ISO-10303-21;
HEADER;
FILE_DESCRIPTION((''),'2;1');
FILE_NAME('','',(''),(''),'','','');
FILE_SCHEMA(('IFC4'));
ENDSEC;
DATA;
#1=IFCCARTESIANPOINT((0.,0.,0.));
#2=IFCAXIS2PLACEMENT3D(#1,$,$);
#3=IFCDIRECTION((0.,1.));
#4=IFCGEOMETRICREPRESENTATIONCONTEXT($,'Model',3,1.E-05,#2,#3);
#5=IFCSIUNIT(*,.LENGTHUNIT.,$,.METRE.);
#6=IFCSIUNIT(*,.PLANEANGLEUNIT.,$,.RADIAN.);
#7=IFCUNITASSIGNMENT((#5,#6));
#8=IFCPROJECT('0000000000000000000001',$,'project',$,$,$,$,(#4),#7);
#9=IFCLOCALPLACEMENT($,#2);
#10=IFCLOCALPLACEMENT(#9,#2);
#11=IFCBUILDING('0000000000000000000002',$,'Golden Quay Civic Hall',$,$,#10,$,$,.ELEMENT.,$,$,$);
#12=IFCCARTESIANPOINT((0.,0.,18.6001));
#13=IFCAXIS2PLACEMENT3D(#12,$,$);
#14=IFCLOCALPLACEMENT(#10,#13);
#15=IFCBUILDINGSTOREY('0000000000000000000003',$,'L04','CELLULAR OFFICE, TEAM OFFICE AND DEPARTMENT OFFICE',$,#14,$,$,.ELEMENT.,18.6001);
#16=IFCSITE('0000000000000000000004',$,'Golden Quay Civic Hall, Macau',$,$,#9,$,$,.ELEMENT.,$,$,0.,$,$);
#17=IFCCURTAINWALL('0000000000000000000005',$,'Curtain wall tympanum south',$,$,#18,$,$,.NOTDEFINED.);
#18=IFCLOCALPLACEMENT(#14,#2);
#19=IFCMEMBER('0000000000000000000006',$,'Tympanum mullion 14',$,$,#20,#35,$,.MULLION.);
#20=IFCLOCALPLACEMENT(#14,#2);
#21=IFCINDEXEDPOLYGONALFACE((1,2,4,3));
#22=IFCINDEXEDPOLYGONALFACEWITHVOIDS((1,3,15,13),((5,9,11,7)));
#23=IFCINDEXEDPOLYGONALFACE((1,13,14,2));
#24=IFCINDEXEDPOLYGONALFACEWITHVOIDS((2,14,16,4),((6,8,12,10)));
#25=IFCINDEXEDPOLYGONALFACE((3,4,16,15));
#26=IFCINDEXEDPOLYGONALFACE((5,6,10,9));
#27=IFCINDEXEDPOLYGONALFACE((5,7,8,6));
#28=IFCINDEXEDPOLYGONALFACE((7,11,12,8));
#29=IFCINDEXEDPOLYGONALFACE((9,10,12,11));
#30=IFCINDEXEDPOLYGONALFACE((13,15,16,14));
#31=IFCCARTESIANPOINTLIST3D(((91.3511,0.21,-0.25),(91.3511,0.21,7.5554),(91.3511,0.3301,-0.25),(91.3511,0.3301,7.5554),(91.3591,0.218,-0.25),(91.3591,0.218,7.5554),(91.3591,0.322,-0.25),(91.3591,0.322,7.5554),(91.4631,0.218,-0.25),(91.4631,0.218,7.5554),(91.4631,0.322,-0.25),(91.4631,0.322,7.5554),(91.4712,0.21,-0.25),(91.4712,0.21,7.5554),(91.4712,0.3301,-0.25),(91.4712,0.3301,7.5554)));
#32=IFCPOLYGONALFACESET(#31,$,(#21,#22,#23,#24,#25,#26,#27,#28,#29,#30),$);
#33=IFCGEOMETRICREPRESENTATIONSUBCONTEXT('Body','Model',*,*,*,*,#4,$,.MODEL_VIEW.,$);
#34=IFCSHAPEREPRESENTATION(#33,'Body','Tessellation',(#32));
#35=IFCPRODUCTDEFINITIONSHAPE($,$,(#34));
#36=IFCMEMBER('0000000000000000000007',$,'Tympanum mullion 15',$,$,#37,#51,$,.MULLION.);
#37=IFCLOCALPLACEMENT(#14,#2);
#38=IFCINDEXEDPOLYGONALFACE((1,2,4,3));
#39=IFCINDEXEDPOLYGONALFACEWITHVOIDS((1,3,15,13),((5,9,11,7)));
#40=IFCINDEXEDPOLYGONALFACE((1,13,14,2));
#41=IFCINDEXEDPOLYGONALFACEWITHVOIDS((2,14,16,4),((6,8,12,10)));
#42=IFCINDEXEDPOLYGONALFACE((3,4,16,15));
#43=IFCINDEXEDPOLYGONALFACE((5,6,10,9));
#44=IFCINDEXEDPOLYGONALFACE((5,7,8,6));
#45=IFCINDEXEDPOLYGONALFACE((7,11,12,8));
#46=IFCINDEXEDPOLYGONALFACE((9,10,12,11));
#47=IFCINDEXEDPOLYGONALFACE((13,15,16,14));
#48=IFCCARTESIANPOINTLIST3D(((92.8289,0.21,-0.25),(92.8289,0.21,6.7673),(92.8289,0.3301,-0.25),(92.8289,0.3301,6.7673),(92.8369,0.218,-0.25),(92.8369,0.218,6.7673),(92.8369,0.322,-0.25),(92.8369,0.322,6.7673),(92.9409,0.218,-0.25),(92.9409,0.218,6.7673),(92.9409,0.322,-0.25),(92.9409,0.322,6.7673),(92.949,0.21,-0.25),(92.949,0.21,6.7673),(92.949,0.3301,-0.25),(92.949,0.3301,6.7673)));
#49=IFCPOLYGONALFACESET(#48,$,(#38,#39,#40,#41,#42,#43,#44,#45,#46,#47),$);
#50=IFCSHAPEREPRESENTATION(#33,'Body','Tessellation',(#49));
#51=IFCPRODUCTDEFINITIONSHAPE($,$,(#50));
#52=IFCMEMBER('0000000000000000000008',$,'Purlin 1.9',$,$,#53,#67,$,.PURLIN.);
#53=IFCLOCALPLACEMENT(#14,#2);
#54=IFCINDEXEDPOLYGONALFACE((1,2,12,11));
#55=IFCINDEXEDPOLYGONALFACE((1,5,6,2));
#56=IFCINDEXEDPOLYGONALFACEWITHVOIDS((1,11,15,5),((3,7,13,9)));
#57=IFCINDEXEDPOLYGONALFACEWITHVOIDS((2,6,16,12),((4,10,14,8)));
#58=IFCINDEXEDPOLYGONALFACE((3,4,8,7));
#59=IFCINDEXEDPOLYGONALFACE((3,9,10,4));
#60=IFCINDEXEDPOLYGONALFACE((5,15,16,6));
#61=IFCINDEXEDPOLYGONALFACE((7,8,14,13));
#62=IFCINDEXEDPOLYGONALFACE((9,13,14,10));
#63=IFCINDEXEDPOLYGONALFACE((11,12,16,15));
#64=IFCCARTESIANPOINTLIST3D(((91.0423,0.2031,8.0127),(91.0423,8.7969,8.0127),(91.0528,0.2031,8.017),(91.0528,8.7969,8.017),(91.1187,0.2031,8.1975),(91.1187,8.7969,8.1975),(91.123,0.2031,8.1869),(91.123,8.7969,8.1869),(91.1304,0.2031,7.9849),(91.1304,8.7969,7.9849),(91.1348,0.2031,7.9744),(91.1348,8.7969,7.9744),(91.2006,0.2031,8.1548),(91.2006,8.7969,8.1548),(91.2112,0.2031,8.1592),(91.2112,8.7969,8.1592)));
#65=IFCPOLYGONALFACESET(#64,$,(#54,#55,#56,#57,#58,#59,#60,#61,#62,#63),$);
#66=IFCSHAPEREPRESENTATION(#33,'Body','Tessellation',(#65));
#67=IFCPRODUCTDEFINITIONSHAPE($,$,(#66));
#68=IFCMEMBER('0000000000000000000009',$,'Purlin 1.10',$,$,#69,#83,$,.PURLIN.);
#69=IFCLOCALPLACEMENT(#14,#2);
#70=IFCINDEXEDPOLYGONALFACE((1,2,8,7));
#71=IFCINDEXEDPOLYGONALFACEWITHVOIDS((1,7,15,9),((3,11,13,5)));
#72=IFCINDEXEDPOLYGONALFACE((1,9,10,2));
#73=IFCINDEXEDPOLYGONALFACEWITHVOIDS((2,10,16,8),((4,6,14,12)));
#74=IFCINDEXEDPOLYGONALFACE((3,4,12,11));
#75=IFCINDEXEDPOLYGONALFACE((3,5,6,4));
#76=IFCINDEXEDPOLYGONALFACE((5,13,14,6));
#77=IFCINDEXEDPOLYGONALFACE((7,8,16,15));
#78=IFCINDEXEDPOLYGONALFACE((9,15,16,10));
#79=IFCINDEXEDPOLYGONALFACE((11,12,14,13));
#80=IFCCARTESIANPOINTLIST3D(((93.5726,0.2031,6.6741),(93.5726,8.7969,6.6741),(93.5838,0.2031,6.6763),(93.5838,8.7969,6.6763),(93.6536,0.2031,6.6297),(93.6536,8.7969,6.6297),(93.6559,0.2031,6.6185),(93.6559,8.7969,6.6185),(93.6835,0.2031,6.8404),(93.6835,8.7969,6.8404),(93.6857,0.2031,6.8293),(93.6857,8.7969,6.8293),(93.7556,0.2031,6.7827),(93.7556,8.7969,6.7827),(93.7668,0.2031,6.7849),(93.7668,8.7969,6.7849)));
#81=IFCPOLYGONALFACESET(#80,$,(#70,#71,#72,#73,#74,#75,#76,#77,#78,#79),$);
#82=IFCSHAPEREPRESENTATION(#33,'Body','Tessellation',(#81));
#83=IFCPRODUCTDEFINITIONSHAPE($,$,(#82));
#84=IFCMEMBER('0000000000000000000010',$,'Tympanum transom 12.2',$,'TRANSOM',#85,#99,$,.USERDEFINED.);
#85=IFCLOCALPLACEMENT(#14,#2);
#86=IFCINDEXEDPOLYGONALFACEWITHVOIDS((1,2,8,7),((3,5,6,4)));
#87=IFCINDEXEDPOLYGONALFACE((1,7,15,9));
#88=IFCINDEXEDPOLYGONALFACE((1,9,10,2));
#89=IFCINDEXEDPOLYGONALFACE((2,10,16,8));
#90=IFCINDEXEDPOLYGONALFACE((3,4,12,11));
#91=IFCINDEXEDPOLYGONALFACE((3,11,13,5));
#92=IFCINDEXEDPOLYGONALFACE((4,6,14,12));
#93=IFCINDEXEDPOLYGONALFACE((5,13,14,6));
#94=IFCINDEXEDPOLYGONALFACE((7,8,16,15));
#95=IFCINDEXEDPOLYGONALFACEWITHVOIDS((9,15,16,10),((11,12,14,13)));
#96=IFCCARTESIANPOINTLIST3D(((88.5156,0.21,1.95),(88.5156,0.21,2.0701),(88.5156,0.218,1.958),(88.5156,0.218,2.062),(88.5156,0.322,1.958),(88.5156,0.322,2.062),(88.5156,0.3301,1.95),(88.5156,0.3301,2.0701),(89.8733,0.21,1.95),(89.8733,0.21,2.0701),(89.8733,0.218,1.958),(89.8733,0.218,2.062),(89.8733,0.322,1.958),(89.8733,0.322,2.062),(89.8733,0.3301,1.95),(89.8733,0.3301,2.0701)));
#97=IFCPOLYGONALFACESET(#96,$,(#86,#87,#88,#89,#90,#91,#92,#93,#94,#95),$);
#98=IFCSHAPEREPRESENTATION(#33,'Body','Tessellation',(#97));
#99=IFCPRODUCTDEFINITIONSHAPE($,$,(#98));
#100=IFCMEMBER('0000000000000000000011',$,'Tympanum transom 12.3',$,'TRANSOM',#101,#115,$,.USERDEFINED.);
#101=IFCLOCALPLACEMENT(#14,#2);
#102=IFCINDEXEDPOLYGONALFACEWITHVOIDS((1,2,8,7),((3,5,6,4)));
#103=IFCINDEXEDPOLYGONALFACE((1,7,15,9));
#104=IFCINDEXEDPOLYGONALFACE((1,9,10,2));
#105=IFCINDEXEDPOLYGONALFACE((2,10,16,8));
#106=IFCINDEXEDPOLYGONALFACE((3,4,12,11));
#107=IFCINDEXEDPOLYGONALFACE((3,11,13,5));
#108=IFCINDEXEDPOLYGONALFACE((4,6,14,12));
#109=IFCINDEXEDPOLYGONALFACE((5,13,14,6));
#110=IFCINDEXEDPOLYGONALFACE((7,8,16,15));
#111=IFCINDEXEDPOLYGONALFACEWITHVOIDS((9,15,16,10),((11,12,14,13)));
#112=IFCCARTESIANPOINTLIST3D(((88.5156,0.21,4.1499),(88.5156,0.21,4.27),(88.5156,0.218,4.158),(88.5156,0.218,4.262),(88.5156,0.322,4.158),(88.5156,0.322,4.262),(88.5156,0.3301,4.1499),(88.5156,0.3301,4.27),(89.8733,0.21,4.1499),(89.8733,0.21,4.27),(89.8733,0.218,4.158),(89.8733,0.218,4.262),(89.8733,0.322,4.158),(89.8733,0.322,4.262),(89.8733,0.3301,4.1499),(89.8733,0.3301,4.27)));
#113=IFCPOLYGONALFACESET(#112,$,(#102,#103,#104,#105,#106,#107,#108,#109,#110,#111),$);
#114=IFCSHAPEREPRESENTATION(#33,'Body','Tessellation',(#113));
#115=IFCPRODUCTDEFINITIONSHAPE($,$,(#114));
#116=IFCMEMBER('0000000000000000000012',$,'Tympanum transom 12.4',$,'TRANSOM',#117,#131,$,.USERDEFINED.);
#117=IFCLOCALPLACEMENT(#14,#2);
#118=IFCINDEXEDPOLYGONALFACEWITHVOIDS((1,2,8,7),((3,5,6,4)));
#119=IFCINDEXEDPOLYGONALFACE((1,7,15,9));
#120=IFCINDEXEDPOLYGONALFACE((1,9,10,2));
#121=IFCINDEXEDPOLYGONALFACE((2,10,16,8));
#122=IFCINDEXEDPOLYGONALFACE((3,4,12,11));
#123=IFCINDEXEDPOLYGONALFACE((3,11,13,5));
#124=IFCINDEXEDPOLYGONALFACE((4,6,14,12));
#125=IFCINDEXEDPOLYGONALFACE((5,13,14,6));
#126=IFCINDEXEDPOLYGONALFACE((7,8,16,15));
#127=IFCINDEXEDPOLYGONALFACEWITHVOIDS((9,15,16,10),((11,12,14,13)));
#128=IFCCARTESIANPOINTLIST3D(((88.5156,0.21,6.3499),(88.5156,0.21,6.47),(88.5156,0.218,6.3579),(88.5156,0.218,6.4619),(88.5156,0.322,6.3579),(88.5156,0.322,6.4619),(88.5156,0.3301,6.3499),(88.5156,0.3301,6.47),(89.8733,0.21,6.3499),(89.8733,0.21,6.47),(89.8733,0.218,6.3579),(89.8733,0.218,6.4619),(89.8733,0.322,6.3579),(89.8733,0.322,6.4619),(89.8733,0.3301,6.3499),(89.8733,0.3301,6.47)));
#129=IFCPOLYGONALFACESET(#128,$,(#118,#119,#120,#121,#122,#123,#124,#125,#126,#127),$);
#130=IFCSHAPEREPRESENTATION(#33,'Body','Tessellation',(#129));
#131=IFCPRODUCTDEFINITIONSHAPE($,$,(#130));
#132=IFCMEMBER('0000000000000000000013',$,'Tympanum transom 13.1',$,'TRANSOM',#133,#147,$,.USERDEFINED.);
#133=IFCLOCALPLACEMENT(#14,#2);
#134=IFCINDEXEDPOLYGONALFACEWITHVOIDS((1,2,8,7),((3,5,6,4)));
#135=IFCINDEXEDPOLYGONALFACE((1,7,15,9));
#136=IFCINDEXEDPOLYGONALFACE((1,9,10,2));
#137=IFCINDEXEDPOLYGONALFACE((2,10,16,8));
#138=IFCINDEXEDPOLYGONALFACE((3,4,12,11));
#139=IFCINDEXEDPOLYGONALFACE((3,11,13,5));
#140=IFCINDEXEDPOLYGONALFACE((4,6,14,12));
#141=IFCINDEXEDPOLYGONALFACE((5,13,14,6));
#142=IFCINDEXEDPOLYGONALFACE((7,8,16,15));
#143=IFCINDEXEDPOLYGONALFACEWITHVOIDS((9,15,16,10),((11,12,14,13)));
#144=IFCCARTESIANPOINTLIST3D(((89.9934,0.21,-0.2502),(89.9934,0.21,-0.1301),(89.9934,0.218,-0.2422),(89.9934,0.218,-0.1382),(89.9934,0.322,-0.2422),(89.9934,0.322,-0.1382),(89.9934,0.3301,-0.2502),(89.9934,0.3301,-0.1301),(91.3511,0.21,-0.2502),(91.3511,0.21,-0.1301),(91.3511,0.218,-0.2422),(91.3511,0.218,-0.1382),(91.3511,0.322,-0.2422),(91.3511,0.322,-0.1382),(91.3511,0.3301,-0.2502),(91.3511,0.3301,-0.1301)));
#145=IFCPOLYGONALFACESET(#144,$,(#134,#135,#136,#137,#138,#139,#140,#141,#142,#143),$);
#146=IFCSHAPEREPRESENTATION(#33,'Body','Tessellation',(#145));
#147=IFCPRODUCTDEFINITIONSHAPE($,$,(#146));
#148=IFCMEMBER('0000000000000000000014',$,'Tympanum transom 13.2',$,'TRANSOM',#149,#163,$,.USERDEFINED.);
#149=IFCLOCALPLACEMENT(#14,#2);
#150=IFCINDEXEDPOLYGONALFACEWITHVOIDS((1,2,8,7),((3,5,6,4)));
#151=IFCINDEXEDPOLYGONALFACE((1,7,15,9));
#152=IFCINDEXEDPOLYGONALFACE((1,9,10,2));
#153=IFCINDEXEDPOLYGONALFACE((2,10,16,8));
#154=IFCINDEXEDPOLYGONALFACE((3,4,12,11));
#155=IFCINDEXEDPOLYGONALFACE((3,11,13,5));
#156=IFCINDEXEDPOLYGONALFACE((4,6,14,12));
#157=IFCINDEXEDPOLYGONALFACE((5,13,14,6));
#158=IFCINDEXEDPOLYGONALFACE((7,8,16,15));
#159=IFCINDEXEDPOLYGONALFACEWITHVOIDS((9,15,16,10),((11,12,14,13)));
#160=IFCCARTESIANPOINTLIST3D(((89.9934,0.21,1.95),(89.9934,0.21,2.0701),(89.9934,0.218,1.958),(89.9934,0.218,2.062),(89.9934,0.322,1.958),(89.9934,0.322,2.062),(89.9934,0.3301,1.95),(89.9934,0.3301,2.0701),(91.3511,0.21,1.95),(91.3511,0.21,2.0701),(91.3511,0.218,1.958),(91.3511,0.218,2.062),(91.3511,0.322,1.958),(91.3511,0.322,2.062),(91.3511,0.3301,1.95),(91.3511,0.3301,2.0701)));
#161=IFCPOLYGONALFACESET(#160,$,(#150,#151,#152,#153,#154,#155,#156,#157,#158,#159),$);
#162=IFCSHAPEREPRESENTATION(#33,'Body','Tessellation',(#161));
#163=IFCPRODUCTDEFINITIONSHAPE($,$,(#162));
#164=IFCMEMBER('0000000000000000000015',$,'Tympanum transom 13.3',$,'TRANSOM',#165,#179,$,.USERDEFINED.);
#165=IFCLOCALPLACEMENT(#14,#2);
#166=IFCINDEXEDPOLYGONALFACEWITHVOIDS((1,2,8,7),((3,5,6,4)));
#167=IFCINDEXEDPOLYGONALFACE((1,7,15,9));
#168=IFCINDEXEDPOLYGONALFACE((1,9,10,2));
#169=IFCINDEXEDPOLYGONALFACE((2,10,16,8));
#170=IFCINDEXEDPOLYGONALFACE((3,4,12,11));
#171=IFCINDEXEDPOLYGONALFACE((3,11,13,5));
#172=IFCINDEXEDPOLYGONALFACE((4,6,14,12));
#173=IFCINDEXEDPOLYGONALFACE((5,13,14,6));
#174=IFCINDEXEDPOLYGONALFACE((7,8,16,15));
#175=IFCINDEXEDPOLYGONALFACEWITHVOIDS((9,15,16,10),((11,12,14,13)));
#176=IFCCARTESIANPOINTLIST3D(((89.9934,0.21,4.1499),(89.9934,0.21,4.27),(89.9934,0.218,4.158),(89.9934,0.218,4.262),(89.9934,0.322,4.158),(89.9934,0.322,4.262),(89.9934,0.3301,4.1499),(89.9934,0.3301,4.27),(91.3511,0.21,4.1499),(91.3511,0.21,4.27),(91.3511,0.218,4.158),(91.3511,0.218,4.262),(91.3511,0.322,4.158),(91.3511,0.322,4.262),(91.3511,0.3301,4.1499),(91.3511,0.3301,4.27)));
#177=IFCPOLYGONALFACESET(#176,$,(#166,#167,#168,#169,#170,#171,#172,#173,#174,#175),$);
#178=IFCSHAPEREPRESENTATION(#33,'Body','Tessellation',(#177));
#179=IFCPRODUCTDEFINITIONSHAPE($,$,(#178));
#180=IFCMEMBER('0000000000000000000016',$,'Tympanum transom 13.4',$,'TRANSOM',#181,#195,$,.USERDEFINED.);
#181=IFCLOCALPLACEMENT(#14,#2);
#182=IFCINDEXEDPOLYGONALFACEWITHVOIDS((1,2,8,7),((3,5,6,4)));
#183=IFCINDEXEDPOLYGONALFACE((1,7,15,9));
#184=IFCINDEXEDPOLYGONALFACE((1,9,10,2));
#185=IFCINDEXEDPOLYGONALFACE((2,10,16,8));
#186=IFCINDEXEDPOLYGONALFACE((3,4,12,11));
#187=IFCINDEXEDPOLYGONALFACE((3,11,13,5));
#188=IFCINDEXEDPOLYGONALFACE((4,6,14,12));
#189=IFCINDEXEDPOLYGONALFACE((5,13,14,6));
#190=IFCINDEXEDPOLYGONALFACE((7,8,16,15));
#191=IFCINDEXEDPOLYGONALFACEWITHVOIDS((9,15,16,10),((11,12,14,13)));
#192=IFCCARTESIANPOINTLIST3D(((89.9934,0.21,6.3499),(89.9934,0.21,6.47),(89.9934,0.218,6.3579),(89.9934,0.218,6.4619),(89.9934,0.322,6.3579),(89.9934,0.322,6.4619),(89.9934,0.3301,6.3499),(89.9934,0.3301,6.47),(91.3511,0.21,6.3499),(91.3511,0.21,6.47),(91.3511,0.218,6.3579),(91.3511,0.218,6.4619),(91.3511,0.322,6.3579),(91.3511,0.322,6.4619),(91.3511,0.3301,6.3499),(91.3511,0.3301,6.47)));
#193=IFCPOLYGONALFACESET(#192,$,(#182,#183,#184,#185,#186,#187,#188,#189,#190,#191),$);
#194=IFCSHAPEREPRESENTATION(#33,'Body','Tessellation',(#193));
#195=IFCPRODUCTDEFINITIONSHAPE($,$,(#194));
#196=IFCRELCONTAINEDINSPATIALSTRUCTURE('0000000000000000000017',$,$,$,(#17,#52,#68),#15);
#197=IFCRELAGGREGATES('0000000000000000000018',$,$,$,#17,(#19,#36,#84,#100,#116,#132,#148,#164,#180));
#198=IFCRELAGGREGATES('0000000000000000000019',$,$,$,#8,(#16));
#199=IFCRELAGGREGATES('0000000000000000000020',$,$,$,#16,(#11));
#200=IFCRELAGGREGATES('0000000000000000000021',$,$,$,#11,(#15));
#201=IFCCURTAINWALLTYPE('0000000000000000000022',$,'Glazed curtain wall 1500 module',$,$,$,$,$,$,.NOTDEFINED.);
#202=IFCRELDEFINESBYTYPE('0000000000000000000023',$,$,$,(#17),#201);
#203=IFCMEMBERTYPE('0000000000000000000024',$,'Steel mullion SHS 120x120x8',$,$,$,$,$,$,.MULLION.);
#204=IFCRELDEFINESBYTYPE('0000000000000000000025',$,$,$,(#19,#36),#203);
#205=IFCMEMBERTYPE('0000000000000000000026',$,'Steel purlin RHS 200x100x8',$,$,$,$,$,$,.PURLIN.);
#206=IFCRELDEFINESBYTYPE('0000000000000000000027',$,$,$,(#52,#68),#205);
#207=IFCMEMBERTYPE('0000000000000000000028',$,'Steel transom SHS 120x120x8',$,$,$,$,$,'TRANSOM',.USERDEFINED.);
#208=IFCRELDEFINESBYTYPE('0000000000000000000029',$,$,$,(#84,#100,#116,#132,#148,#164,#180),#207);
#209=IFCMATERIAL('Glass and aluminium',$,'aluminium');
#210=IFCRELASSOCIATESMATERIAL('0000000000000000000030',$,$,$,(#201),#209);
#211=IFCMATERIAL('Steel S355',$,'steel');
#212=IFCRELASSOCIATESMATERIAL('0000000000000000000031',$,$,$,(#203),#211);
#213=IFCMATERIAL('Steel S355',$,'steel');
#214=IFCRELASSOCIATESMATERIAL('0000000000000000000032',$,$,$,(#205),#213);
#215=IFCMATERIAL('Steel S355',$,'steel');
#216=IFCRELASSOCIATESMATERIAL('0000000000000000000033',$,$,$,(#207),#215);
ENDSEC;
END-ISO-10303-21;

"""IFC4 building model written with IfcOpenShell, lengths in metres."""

from ifc_helpers import new_model, si_unit, direction, frame, origin, origin_2d, place, context, subcontext, project, spatial, hollow_rectangle, extrude, material, material_profile, profile_set, type_object, element, aggregate, save


model = new_model("IFC4")

# Units and contexts
model_context = context("Model", 3, precision=1e-05, world=origin(), true_north=direction((0.0, 1.0)))
body_context = subcontext(model_context, "Body", "Model", "MODEL_VIEW")
ifc_project = project(units=[si_unit("LENGTHUNIT", "METRE"), si_unit("PLANEANGLEUNIT", "RADIAN")], contexts=[model_context])

# Site, building, storey
site_placement = place(None, origin())
site = spatial("IfcSite", under=ifc_project, at=site_placement, Name="Golden Quay Civic Hall, Macau", CompositionType="ELEMENT", RefElevation=0.0)
building_placement = place(site_placement, origin())
building = spatial("IfcBuilding", under=site, at=building_placement, Name="Golden Quay Civic Hall", CompositionType="ELEMENT")
storey_placement = place(building_placement, frame((0.0, 0.0, 18.6001)))
storey = spatial("IfcBuildingStorey", under=building, at=storey_placement, Name="L04", Description="CELLULAR OFFICE, TEAM OFFICE AND DEPARTMENT OFFICE", CompositionType="ELEMENT", Elevation=18.6001)

# Curtain wall, members
ifc_material_1 = material(Name="Glass and aluminium", Category="aluminium")
curtain_wall_type = type_object("IfcCurtainWallType", Name="Glazed curtain wall 1500 module", PredefinedType="NOTDEFINED", material=ifc_material_1)
curtain_wall_placement = place(storey_placement, origin())
curtain_wall = element("IfcCurtainWall", 1, at=curtain_wall_placement, inside=storey, type_object=curtain_wall_type, Name="Curtain wall tympanum south", PredefinedType="NOTDEFINED")
ifc_material_2 = material(Name="Steel S355", Category="steel")
ifc_material_profile_1 = material_profile(ifc_material_2, hollow_rectangle(XDim=0.1201, YDim=0.1201, WallThickness=0.0081, at=origin_2d()), Name="SHS 120x120x8")
ifc_profile_set_1 = profile_set([ifc_material_profile_1], Name="Steel S355")
member_type_1 = type_object("IfcMemberType", Name="Steel mullion SHS 120x120x8", PredefinedType="MULLION", material=ifc_profile_set_1)
member_1_placement = place(storey_placement, frame((91.4111, 0.27, -0.25), z_axis=(0.0, 0.0, 1.0), x_axis=(0.0, 1.0, 0.0)))
member_1 = element("IfcMember", 2, at=member_1_placement, type_object=member_type_1, Name="Tympanum mullion 14", PredefinedType="MULLION", context=body_context, shape_type="SweptSolid", body=[
    extrude(hollow_rectangle(XDim=0.1201, YDim=0.1201, WallThickness=0.0081, at=origin_2d()), origin(), (0.0, 0.0, 1.0), 7.8054),
])
member_2_placement = place(storey_placement, frame((92.8889, 0.27, -0.25), z_axis=(0.0, 0.0, 1.0), x_axis=(0.0, 1.0, 0.0)))
member_2 = element("IfcMember", 3, at=member_2_placement, type_object=member_type_1, Name="Tympanum mullion 15", PredefinedType="MULLION", context=body_context, shape_type="SweptSolid", body=[
    extrude(hollow_rectangle(XDim=0.1201, YDim=0.1201, WallThickness=0.0081, at=origin_2d()), origin(), (0.0, 0.0, 1.0), 7.0173),
])

# Members
ifc_material_3 = material(Name="Steel S355", Category="steel")
ifc_material_profile_2 = material_profile(ifc_material_3, hollow_rectangle(XDim=0.1001, YDim=0.2, WallThickness=0.0081, at=origin_2d()), Name="RHS 200x100x8")
ifc_profile_set_2 = profile_set([ifc_material_profile_2], Name="Steel S355")
member_type_2 = type_object("IfcMemberType", Name="Steel purlin RHS 200x100x8", PredefinedType="PURLIN", material=ifc_profile_set_2)
for number, where, z_axis, x_axis, name in (
    (4, (91.1267, 0.2031, 8.0859), (0.0, 1.0, 0.0), (-0.924146, 0.0, 0.382039), "Purlin 1.9"),
    (5, (93.6697, 0.2031, 6.7295), (0.0, 1.0, 0.0), (-0.83205, 0.0, 0.5547), "Purlin 1.10"),
):
    element("IfcMember", number, at=place(storey_placement, frame(where, z_axis=z_axis, x_axis=x_axis)), inside=storey, type_object=member_type_2, Name=name, PredefinedType="PURLIN", context=body_context, shape_type="SweptSolid", body=[
        extrude(hollow_rectangle(XDim=0.1001, YDim=0.2, WallThickness=0.0081, at=origin_2d()), origin(), (0.0, 0.0, 1.0), 8.5938),
    ])

# Members
ifc_material_4 = material(Name="Steel S355", Category="steel")
ifc_material_profile_3 = material_profile(ifc_material_4, hollow_rectangle(XDim=0.1201, YDim=0.1201, WallThickness=0.0081, at=origin_2d()), Name="SHS 120x120x8")
ifc_profile_set_3 = profile_set([ifc_material_profile_3], Name="Steel S355")
member_type_3 = type_object("IfcMemberType", Name="Steel transom SHS 120x120x8", ElementType="TRANSOM", PredefinedType="USERDEFINED", material=ifc_profile_set_3)
member_3_placement = place(storey_placement, frame((88.5156, 0.27, 2.01), z_axis=(1.0, 0.0, 0.0), x_axis=(0.0, 1.0, 0.0)))
member_3 = element("IfcMember", 6, at=member_3_placement, type_object=member_type_3, Name="Tympanum transom 12.2", ObjectType="TRANSOM", PredefinedType="USERDEFINED", context=body_context, shape_type="SweptSolid", body=[
    extrude(hollow_rectangle(XDim=0.1201, YDim=0.1201, WallThickness=0.0081, at=origin_2d()), origin(), (0.0, 0.0, 1.0), 1.3577),
])
member_4_placement = place(storey_placement, frame((88.5156, 0.27, 4.21), z_axis=(1.0, 0.0, 0.0), x_axis=(0.0, 1.0, 0.0)))
member_4 = element("IfcMember", 7, at=member_4_placement, type_object=member_type_3, Name="Tympanum transom 12.3", ObjectType="TRANSOM", PredefinedType="USERDEFINED", context=body_context, shape_type="SweptSolid", body=[
    extrude(hollow_rectangle(XDim=0.1201, YDim=0.1201, WallThickness=0.0081, at=origin_2d()), origin(), (0.0, 0.0, 1.0), 1.3577),
])
member_5_placement = place(storey_placement, frame((88.5156, 0.27, 6.4099), z_axis=(1.0, 0.0, 0.0), x_axis=(0.0, 1.0, 0.0)))
member_5 = element("IfcMember", 8, at=member_5_placement, type_object=member_type_3, Name="Tympanum transom 12.4", ObjectType="TRANSOM", PredefinedType="USERDEFINED", context=body_context, shape_type="SweptSolid", body=[
    extrude(hollow_rectangle(XDim=0.1201, YDim=0.1201, WallThickness=0.0081, at=origin_2d()), origin(), (0.0, 0.0, 1.0), 1.3577),
])
member_6_placement = place(storey_placement, frame((89.9934, 0.27, -0.1902), z_axis=(1.0, 0.0, 0.0), x_axis=(0.0, 1.0, 0.0)))
member_6 = element("IfcMember", 9, at=member_6_placement, type_object=member_type_3, Name="Tympanum transom 13.1", ObjectType="TRANSOM", PredefinedType="USERDEFINED", context=body_context, shape_type="SweptSolid", body=[
    extrude(hollow_rectangle(XDim=0.1201, YDim=0.1201, WallThickness=0.0081, at=origin_2d()), origin(), (0.0, 0.0, 1.0), 1.3577),
])
member_7_placement = place(storey_placement, frame((89.9934, 0.27, 2.01), z_axis=(1.0, 0.0, 0.0), x_axis=(0.0, 1.0, 0.0)))
member_7 = element("IfcMember", 10, at=member_7_placement, type_object=member_type_3, Name="Tympanum transom 13.2", ObjectType="TRANSOM", PredefinedType="USERDEFINED", context=body_context, shape_type="SweptSolid", body=[
    extrude(hollow_rectangle(XDim=0.1201, YDim=0.1201, WallThickness=0.0081, at=origin_2d()), origin(), (0.0, 0.0, 1.0), 1.3577),
])
member_8_placement = place(storey_placement, frame((89.9934, 0.27, 4.21), z_axis=(1.0, 0.0, 0.0), x_axis=(0.0, 1.0, 0.0)))
member_8 = element("IfcMember", 11, at=member_8_placement, type_object=member_type_3, Name="Tympanum transom 13.3", ObjectType="TRANSOM", PredefinedType="USERDEFINED", context=body_context, shape_type="SweptSolid", body=[
    extrude(hollow_rectangle(XDim=0.1201, YDim=0.1201, WallThickness=0.0081, at=origin_2d()), origin(), (0.0, 0.0, 1.0), 1.3577),
])
member_9_placement = place(storey_placement, frame((89.9934, 0.27, 6.4099), z_axis=(1.0, 0.0, 0.0), x_axis=(0.0, 1.0, 0.0)))
member_9 = element("IfcMember", 12, at=member_9_placement, type_object=member_type_3, Name="Tympanum transom 13.4", ObjectType="TRANSOM", PredefinedType="USERDEFINED", context=body_context, shape_type="SweptSolid", body=[
    extrude(hollow_rectangle(XDim=0.1201, YDim=0.1201, WallThickness=0.0081, at=origin_2d()), origin(), (0.0, 0.0, 1.0), 1.3577),
])
aggregate(curtain_wall, [member_1, member_2, member_3, member_4, member_5, member_6, member_7, member_8, member_9])

save(model, "model.ifc")
